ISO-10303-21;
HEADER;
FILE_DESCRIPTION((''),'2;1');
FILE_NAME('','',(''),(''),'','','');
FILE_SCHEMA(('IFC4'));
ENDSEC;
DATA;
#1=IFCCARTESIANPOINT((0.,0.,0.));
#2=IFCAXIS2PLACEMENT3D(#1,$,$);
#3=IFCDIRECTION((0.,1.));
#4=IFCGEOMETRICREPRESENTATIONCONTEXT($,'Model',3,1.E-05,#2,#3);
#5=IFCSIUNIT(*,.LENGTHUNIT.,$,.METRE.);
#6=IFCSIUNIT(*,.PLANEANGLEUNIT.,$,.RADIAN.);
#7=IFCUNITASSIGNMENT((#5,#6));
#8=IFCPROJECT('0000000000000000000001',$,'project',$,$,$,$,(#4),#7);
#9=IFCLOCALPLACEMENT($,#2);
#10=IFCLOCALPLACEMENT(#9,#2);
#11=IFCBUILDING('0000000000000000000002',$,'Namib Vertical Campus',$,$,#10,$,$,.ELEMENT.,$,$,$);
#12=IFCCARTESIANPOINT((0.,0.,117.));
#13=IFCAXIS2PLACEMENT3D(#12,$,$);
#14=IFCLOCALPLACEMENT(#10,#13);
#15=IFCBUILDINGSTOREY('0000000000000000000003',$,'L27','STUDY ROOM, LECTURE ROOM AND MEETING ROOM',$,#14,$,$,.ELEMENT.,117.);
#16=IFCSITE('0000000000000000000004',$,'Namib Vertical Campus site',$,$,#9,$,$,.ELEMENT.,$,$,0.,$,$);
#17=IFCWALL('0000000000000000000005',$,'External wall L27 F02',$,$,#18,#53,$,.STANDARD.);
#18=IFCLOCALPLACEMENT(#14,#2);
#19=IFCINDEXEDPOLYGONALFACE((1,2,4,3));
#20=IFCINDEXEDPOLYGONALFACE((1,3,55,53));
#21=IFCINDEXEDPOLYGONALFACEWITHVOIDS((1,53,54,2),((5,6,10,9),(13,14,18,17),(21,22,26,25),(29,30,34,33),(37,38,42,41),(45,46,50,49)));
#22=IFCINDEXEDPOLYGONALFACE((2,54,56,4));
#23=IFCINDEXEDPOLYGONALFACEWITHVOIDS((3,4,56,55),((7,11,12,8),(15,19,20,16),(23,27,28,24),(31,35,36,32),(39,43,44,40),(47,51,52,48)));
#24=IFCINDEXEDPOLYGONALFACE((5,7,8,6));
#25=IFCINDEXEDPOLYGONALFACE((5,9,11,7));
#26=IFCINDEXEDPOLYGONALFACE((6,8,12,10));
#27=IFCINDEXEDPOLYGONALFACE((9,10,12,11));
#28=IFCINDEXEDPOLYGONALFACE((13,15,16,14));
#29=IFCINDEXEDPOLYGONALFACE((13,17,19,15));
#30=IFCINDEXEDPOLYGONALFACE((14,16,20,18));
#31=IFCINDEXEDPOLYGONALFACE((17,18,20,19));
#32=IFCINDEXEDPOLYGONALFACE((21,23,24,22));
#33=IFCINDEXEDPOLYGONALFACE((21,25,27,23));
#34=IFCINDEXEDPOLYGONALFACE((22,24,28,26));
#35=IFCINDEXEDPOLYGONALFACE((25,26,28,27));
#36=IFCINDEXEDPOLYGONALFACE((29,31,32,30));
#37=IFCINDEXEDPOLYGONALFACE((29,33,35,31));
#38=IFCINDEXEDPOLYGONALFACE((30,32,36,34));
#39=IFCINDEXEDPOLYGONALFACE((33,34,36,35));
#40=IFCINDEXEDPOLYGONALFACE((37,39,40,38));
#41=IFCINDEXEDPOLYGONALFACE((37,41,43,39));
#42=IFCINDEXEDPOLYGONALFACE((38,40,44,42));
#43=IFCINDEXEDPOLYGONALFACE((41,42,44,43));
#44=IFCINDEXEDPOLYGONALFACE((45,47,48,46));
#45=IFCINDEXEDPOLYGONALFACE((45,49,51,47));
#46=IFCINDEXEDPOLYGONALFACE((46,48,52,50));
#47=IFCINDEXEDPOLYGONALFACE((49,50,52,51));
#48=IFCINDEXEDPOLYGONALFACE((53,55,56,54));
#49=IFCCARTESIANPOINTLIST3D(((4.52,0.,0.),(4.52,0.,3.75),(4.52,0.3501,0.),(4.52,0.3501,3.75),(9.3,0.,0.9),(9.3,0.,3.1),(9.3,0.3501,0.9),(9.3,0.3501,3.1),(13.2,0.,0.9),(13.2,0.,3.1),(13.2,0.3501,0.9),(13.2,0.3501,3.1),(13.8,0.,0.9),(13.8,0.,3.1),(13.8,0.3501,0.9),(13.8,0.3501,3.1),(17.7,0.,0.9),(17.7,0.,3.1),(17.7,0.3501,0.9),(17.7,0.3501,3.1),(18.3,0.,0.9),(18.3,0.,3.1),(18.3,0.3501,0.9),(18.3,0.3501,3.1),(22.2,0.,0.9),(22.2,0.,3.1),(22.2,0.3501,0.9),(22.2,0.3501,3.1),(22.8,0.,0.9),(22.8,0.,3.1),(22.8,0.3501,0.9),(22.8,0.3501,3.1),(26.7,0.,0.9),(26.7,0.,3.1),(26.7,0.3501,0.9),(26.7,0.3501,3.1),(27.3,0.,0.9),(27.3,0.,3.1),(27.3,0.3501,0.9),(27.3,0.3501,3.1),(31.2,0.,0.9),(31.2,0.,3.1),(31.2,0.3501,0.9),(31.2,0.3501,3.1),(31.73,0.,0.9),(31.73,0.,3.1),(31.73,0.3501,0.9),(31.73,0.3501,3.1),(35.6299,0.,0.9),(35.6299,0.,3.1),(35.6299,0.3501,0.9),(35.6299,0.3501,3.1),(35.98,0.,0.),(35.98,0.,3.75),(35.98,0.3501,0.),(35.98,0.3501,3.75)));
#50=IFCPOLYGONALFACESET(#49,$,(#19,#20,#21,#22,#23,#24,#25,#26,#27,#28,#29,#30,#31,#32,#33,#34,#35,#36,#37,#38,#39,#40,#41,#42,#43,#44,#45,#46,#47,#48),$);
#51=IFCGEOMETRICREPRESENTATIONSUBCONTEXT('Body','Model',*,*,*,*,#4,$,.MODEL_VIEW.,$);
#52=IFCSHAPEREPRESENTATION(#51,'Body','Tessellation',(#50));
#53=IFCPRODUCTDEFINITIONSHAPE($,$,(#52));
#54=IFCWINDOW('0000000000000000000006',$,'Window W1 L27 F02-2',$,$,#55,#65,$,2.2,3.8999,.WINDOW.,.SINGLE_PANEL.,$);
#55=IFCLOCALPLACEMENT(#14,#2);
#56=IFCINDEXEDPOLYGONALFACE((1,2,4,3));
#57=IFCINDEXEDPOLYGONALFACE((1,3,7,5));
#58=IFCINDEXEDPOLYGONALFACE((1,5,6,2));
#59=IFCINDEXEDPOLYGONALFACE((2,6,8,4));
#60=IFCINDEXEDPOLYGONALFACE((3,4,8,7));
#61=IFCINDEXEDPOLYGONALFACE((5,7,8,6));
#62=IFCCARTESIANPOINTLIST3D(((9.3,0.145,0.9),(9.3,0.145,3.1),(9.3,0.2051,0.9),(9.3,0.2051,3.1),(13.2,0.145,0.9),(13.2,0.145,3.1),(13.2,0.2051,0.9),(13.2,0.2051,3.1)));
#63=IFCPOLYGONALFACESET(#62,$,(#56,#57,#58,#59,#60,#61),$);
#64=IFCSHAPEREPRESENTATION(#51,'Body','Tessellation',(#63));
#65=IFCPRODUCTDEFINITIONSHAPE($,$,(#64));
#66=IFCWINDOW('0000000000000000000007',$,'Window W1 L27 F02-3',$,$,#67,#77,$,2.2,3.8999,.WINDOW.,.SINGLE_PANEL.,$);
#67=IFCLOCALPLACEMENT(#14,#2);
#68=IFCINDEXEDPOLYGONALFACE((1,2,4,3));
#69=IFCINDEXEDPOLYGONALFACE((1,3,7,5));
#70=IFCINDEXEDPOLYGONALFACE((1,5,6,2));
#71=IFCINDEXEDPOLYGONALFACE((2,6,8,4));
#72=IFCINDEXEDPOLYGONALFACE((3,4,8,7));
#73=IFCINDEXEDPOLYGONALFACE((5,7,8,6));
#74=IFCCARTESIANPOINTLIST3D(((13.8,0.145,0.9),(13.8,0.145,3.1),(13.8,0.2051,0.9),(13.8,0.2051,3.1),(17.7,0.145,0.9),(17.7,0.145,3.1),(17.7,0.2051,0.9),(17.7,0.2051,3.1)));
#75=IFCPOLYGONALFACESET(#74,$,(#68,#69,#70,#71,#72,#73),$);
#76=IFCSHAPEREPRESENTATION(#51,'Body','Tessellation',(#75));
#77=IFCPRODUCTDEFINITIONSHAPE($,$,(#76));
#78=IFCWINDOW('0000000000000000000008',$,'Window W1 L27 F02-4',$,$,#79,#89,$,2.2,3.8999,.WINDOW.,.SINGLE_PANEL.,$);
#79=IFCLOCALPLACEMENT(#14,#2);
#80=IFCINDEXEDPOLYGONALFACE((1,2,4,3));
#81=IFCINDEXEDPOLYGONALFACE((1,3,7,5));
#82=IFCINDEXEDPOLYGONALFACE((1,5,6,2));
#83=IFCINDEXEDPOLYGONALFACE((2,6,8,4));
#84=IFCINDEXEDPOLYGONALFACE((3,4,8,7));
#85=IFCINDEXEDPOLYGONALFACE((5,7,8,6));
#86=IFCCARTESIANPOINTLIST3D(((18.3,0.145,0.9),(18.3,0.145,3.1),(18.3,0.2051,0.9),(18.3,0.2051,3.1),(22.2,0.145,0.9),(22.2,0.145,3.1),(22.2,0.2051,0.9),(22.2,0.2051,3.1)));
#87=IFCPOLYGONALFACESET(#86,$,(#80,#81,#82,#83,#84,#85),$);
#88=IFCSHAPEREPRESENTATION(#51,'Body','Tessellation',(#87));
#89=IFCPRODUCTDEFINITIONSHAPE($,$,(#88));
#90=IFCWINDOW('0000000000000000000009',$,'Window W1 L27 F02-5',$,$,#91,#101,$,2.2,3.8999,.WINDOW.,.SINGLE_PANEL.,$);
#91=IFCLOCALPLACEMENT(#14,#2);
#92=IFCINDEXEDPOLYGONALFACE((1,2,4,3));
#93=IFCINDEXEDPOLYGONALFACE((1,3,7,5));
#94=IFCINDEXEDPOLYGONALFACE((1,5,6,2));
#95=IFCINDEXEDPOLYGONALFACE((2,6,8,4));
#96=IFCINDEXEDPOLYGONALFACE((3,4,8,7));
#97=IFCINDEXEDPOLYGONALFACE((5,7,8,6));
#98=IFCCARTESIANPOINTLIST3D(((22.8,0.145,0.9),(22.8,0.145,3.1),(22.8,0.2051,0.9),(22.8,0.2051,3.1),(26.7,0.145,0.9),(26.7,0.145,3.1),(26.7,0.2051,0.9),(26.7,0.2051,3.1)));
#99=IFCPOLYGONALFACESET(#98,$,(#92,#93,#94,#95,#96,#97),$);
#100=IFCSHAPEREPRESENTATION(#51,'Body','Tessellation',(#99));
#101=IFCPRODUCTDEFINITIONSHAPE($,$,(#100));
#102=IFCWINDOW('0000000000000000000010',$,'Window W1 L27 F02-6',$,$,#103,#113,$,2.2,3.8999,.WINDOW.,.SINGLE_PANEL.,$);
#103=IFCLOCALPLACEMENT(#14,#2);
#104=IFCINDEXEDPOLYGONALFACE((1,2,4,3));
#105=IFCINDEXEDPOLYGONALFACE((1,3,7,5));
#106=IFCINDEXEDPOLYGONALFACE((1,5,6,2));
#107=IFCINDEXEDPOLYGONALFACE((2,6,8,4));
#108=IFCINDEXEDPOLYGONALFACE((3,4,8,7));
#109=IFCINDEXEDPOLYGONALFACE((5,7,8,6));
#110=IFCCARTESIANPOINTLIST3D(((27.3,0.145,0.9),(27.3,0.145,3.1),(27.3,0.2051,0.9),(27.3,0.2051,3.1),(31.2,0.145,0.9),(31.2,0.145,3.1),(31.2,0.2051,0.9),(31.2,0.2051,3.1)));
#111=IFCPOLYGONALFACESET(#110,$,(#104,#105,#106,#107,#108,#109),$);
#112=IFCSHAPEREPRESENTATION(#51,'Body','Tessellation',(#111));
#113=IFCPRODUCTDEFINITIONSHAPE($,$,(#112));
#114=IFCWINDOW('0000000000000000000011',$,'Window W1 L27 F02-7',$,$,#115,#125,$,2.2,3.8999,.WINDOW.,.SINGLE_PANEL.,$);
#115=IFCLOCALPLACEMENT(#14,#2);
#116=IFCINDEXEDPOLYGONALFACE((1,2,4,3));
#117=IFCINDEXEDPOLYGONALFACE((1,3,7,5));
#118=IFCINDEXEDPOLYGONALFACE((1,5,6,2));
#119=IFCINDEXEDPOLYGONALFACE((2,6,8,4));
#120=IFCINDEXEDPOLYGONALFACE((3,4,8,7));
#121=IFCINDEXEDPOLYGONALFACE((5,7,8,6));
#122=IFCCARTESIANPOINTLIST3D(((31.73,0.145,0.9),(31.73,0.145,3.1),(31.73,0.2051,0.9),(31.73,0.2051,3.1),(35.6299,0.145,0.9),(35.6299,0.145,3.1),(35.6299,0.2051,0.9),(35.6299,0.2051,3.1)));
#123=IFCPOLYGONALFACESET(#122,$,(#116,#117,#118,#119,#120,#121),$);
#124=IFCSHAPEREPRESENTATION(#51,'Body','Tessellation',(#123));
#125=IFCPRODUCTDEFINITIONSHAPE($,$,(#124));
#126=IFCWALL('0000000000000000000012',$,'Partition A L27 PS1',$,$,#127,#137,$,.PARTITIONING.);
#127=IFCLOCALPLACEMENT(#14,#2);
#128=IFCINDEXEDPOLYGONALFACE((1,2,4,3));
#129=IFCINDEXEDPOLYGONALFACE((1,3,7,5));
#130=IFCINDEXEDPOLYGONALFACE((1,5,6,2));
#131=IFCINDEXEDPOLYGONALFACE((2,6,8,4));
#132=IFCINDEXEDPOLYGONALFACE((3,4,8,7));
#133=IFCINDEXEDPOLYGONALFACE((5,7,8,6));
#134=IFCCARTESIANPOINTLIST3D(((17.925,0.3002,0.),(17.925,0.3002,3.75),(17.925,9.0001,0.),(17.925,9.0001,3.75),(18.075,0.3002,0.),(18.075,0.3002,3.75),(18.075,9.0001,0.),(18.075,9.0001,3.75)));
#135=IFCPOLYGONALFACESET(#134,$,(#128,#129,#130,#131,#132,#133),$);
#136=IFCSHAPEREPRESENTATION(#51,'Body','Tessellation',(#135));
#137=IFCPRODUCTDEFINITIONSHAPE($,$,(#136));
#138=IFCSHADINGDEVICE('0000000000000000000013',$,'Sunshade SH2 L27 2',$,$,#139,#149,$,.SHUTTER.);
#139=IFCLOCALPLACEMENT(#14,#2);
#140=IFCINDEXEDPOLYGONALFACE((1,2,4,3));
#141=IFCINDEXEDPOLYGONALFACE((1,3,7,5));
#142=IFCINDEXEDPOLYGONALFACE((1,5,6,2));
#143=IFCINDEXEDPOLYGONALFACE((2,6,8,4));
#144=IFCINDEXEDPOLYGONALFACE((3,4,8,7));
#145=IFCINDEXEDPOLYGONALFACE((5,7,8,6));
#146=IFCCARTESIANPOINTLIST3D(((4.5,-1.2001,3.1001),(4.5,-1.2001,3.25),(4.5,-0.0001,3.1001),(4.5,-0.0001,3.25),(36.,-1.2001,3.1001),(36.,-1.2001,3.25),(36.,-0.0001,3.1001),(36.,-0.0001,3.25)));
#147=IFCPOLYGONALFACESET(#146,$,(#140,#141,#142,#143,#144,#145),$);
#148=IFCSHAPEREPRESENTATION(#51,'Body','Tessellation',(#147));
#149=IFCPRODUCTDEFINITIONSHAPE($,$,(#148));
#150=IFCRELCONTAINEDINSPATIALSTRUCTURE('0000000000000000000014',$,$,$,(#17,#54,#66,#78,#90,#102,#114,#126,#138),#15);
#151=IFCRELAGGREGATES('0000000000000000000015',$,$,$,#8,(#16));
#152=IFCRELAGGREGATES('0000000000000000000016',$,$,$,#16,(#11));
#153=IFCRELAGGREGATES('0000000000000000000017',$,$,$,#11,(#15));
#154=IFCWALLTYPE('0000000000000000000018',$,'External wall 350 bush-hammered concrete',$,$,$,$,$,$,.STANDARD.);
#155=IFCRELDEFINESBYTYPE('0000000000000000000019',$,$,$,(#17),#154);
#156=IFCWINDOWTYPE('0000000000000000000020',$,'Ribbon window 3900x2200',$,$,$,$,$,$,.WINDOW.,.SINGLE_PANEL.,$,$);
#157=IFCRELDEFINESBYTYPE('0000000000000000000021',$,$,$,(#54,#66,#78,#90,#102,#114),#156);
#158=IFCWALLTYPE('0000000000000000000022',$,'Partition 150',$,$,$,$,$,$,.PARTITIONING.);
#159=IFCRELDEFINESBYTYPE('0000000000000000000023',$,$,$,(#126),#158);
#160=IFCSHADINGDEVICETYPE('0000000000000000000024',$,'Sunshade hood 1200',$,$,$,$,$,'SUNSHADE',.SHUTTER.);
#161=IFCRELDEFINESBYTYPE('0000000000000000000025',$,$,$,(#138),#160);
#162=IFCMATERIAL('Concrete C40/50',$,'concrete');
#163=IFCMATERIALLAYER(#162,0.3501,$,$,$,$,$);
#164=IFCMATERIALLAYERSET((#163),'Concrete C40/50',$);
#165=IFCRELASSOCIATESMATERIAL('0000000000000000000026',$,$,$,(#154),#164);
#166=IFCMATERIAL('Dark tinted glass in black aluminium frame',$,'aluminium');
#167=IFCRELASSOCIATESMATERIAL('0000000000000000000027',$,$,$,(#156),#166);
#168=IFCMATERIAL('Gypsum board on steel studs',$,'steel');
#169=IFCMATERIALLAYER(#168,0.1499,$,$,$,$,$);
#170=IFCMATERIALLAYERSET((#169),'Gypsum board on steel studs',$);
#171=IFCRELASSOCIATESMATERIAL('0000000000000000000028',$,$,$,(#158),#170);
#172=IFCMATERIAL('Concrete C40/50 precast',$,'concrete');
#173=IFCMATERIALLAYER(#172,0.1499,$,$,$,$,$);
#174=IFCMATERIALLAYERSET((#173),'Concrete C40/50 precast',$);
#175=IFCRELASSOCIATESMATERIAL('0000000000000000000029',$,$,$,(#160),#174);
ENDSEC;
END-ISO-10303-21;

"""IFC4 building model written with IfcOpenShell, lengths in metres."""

from ifc_helpers import new_model, si_unit, direction, frame, frame_2d, origin, origin_2d, place, context, subcontext, project, spatial, rectangle, extrude, material, layer, layer_set, type_object, element, fill, save


model = new_model("IFC4")

# Units and contexts
model_context = context("Model", 3, precision=1e-05, world=origin(), true_north=direction((0.0, 1.0)))
body_context = subcontext(model_context, "Body", "Model", "MODEL_VIEW")
ifc_project = project(units=[si_unit("LENGTHUNIT", "METRE"), si_unit("PLANEANGLEUNIT", "RADIAN")], contexts=[model_context])

# Site, building, storey
site_placement = place(None, origin())
site = spatial("IfcSite", under=ifc_project, at=site_placement, Name="Namib Vertical Campus site", CompositionType="ELEMENT", RefElevation=0.0)
building_placement = place(site_placement, origin())
building = spatial("IfcBuilding", under=site, at=building_placement, Name="Namib Vertical Campus", CompositionType="ELEMENT")
storey_placement = place(building_placement, frame((0.0, 0.0, 117.0)))
storey = spatial("IfcBuildingStorey", under=building, at=storey_placement, Name="L27", Description="STUDY ROOM, LECTURE ROOM AND MEETING ROOM", CompositionType="ELEMENT", Elevation=117.0)

# Shared definitions
ifc_material_1 = material(Name="Concrete C40/50", Category="concrete")
ifc_layer_1 = layer(ifc_material_1, 0.3501)
ifc_layer_set_1 = layer_set([ifc_layer_1], Name="Concrete C40/50")
wall_type_1 = type_object("IfcWallType", Name="External wall 350 bush-hammered concrete", PredefinedType="STANDARD", material=ifc_layer_set_1)

# Wall, openings, windows
wall_1_placement = place(storey_placement, frame((4.52, 0.175, 0.0), z_axis=(0.0, 0.0, 1.0), x_axis=(1.0, 0.0, 0.0)))
wall_1 = element("IfcWall", 1, at=wall_1_placement, inside=storey, type_object=wall_type_1, Name="External wall L27 F02", PredefinedType="STANDARD", context=body_context, shape_type="SweptSolid", body=[
    extrude(rectangle(XDim=31.46, YDim=0.3501, at=frame_2d((15.73, 0.0))), origin(), (0.0, 0.0, 1.0), 3.75),
])
opening_1_placement = place(wall_1_placement, frame((4.78, 0.0, 0.8999)))
opening_1 = element("IfcOpeningElement", 2, at=opening_1_placement, cuts=wall_1, PredefinedType="OPENING", context=body_context, shape_type="SweptSolid", body=[
    extrude(rectangle(XDim=3.8999, YDim=2.2, at=frame_2d((1.95, 1.1001))), frame((0.0, 0.1851, 0.0), z_axis=(0.0, -1.0, 0.0), x_axis=(1.0, 0.0, 0.0)), (0.0, 0.0, 1.0), 0.3701),
])
opening_2_placement = place(wall_1_placement, frame((9.28, 0.0, 0.8999)))
opening_2 = element("IfcOpeningElement", 3, at=opening_2_placement, cuts=wall_1, PredefinedType="OPENING", context=body_context, shape_type="SweptSolid", body=[
    extrude(rectangle(XDim=3.8999, YDim=2.2, at=frame_2d((1.95, 1.1001))), frame((0.0, 0.1851, 0.0), z_axis=(0.0, -1.0, 0.0), x_axis=(1.0, 0.0, 0.0)), (0.0, 0.0, 1.0), 0.3701),
])
opening_3_placement = place(wall_1_placement, frame((13.78, 0.0, 0.8999)))
opening_3 = element("IfcOpeningElement", 4, at=opening_3_placement, cuts=wall_1, PredefinedType="OPENING", context=body_context, shape_type="SweptSolid", body=[
    extrude(rectangle(XDim=3.8999, YDim=2.2, at=frame_2d((1.95, 1.1001))), frame((0.0, 0.1851, 0.0), z_axis=(0.0, -1.0, 0.0), x_axis=(1.0, 0.0, 0.0)), (0.0, 0.0, 1.0), 0.3701),
])
opening_4_placement = place(wall_1_placement, frame((18.28, 0.0, 0.8999)))
opening_4 = element("IfcOpeningElement", 5, at=opening_4_placement, cuts=wall_1, PredefinedType="OPENING", context=body_context, shape_type="SweptSolid", body=[
    extrude(rectangle(XDim=3.8999, YDim=2.2, at=frame_2d((1.95, 1.1001))), frame((0.0, 0.1851, 0.0), z_axis=(0.0, -1.0, 0.0), x_axis=(1.0, 0.0, 0.0)), (0.0, 0.0, 1.0), 0.3701),
])
opening_5_placement = place(wall_1_placement, frame((22.78, 0.0, 0.8999)))
opening_5 = element("IfcOpeningElement", 6, at=opening_5_placement, cuts=wall_1, PredefinedType="OPENING", context=body_context, shape_type="SweptSolid", body=[
    extrude(rectangle(XDim=3.8999, YDim=2.2, at=frame_2d((1.95, 1.1001))), frame((0.0, 0.1851, 0.0), z_axis=(0.0, -1.0, 0.0), x_axis=(1.0, 0.0, 0.0)), (0.0, 0.0, 1.0), 0.3701),
])
opening_6_placement = place(wall_1_placement, frame((27.21, 0.0, 0.8999)))
opening_6 = element("IfcOpeningElement", 7, at=opening_6_placement, cuts=wall_1, PredefinedType="OPENING", context=body_context, shape_type="SweptSolid", body=[
    extrude(rectangle(XDim=3.8999, YDim=2.2, at=frame_2d((1.95, 1.1001))), frame((0.0, 0.1851, 0.0), z_axis=(0.0, -1.0, 0.0), x_axis=(1.0, 0.0, 0.0)), (0.0, 0.0, 1.0), 0.3701),
])
ifc_material_2 = material(Name="Dark tinted glass in black aluminium frame", Category="aluminium")
window_type = type_object("IfcWindowType", Name="Ribbon window 3900x2200", PartitioningType="SINGLE_PANEL", PredefinedType="WINDOW", material=ifc_material_2)
window_1_placement = place(opening_1_placement, origin())
window_1 = element("IfcWindow", 8, at=window_1_placement, inside=storey, type_object=window_type, Name="Window W1 L27 F02-2", OverallHeight=2.2, OverallWidth=3.8999, PartitioningType="SINGLE_PANEL", PredefinedType="WINDOW", context=body_context, shape_type="SweptSolid", body=[
    extrude(rectangle(XDim=3.8999, YDim=2.2, at=frame_2d((1.95, 1.1001))), frame((0.0, 0.03, 0.0), z_axis=(0.0, -1.0, 0.0), x_axis=(1.0, 0.0, 0.0)), (0.0, 0.0, 1.0), 0.0601),
])
fill(opening_1, window_1)
window_2_placement = place(opening_2_placement, origin())
window_2 = element("IfcWindow", 9, at=window_2_placement, inside=storey, type_object=window_type, Name="Window W1 L27 F02-3", OverallHeight=2.2, OverallWidth=3.8999, PartitioningType="SINGLE_PANEL", PredefinedType="WINDOW", context=body_context, shape_type="SweptSolid", body=[
    extrude(rectangle(XDim=3.8999, YDim=2.2, at=frame_2d((1.95, 1.1001))), frame((0.0, 0.03, 0.0), z_axis=(0.0, -1.0, 0.0), x_axis=(1.0, 0.0, 0.0)), (0.0, 0.0, 1.0), 0.0601),
])
fill(opening_2, window_2)
window_3_placement = place(opening_3_placement, origin())
window_3 = element("IfcWindow", 10, at=window_3_placement, inside=storey, type_object=window_type, Name="Window W1 L27 F02-4", OverallHeight=2.2, OverallWidth=3.8999, PartitioningType="SINGLE_PANEL", PredefinedType="WINDOW", context=body_context, shape_type="SweptSolid", body=[
    extrude(rectangle(XDim=3.8999, YDim=2.2, at=frame_2d((1.95, 1.1001))), frame((0.0, 0.03, 0.0), z_axis=(0.0, -1.0, 0.0), x_axis=(1.0, 0.0, 0.0)), (0.0, 0.0, 1.0), 0.0601),
])
fill(opening_3, window_3)
window_4_placement = place(opening_4_placement, origin())
window_4 = element("IfcWindow", 11, at=window_4_placement, inside=storey, type_object=window_type, Name="Window W1 L27 F02-5", OverallHeight=2.2, OverallWidth=3.8999, PartitioningType="SINGLE_PANEL", PredefinedType="WINDOW", context=body_context, shape_type="SweptSolid", body=[
    extrude(rectangle(XDim=3.8999, YDim=2.2, at=frame_2d((1.95, 1.1001))), frame((0.0, 0.03, 0.0), z_axis=(0.0, -1.0, 0.0), x_axis=(1.0, 0.0, 0.0)), (0.0, 0.0, 1.0), 0.0601),
])
fill(opening_4, window_4)
window_5_placement = place(opening_5_placement, origin())
window_5 = element("IfcWindow", 12, at=window_5_placement, inside=storey, type_object=window_type, Name="Window W1 L27 F02-6", OverallHeight=2.2, OverallWidth=3.8999, PartitioningType="SINGLE_PANEL", PredefinedType="WINDOW", context=body_context, shape_type="SweptSolid", body=[
    extrude(rectangle(XDim=3.8999, YDim=2.2, at=frame_2d((1.95, 1.1001))), frame((0.0, 0.03, 0.0), z_axis=(0.0, -1.0, 0.0), x_axis=(1.0, 0.0, 0.0)), (0.0, 0.0, 1.0), 0.0601),
])
fill(opening_5, window_5)
window_6_placement = place(opening_6_placement, origin())
window_6 = element("IfcWindow", 13, at=window_6_placement, inside=storey, type_object=window_type, Name="Window W1 L27 F02-7", OverallHeight=2.2, OverallWidth=3.8999, PartitioningType="SINGLE_PANEL", PredefinedType="WINDOW", context=body_context, shape_type="SweptSolid", body=[
    extrude(rectangle(XDim=3.8999, YDim=2.2, at=frame_2d((1.95, 1.1001))), frame((0.0, 0.03, 0.0), z_axis=(0.0, -1.0, 0.0), x_axis=(1.0, 0.0, 0.0)), (0.0, 0.0, 1.0), 0.0601),
])
fill(opening_6, window_6)

# Wall
ifc_material_3 = material(Name="Gypsum board on steel studs", Category="steel")
ifc_layer_2 = layer(ifc_material_3, 0.1499)
ifc_layer_set_2 = layer_set([ifc_layer_2], Name="Gypsum board on steel studs")
wall_type_2 = type_object("IfcWallType", Name="Partition 150", PredefinedType="PARTITIONING", material=ifc_layer_set_2)
wall_2_placement = place(storey_placement, frame((18.0, 0.3, 0.0), z_axis=(0.0, 0.0, 1.0), x_axis=(0.0, 1.0, 0.0)))
element("IfcWall", 14, at=wall_2_placement, inside=storey, type_object=wall_type_2, Name="Partition A L27 PS1", PredefinedType="PARTITIONING", context=body_context, shape_type="SweptSolid", body=[
    extrude(rectangle(XDim=8.7, YDim=0.1499, at=frame_2d((4.3501, 0.0))), origin(), (0.0, 0.0, 1.0), 3.75),
])

# Shading device
ifc_material_4 = material(Name="Concrete C40/50 precast", Category="concrete")
ifc_layer_3 = layer(ifc_material_4, 0.1499)
ifc_layer_set_3 = layer_set([ifc_layer_3], Name="Concrete C40/50 precast")
shading_device_type = type_object("IfcShadingDeviceType", Name="Sunshade hood 1200", ElementType="SUNSHADE", PredefinedType="SHUTTER", material=ifc_layer_set_3)
shading_device_placement = place(storey_placement, frame((20.25, -0.6001, 3.1001), z_axis=(0.0, 0.0, 1.0), x_axis=(1.0, 0.0, 0.0)))
element("IfcShadingDevice", 15, at=shading_device_placement, inside=storey, type_object=shading_device_type, Name="Sunshade SH2 L27 2", PredefinedType="SHUTTER", context=body_context, shape_type="SweptSolid", body=[
    extrude(rectangle(XDim=31.5, YDim=1.2, at=origin_2d()), origin(), (0.0, 0.0, 1.0), 0.1499),
])

save(model, "model.ifc")
